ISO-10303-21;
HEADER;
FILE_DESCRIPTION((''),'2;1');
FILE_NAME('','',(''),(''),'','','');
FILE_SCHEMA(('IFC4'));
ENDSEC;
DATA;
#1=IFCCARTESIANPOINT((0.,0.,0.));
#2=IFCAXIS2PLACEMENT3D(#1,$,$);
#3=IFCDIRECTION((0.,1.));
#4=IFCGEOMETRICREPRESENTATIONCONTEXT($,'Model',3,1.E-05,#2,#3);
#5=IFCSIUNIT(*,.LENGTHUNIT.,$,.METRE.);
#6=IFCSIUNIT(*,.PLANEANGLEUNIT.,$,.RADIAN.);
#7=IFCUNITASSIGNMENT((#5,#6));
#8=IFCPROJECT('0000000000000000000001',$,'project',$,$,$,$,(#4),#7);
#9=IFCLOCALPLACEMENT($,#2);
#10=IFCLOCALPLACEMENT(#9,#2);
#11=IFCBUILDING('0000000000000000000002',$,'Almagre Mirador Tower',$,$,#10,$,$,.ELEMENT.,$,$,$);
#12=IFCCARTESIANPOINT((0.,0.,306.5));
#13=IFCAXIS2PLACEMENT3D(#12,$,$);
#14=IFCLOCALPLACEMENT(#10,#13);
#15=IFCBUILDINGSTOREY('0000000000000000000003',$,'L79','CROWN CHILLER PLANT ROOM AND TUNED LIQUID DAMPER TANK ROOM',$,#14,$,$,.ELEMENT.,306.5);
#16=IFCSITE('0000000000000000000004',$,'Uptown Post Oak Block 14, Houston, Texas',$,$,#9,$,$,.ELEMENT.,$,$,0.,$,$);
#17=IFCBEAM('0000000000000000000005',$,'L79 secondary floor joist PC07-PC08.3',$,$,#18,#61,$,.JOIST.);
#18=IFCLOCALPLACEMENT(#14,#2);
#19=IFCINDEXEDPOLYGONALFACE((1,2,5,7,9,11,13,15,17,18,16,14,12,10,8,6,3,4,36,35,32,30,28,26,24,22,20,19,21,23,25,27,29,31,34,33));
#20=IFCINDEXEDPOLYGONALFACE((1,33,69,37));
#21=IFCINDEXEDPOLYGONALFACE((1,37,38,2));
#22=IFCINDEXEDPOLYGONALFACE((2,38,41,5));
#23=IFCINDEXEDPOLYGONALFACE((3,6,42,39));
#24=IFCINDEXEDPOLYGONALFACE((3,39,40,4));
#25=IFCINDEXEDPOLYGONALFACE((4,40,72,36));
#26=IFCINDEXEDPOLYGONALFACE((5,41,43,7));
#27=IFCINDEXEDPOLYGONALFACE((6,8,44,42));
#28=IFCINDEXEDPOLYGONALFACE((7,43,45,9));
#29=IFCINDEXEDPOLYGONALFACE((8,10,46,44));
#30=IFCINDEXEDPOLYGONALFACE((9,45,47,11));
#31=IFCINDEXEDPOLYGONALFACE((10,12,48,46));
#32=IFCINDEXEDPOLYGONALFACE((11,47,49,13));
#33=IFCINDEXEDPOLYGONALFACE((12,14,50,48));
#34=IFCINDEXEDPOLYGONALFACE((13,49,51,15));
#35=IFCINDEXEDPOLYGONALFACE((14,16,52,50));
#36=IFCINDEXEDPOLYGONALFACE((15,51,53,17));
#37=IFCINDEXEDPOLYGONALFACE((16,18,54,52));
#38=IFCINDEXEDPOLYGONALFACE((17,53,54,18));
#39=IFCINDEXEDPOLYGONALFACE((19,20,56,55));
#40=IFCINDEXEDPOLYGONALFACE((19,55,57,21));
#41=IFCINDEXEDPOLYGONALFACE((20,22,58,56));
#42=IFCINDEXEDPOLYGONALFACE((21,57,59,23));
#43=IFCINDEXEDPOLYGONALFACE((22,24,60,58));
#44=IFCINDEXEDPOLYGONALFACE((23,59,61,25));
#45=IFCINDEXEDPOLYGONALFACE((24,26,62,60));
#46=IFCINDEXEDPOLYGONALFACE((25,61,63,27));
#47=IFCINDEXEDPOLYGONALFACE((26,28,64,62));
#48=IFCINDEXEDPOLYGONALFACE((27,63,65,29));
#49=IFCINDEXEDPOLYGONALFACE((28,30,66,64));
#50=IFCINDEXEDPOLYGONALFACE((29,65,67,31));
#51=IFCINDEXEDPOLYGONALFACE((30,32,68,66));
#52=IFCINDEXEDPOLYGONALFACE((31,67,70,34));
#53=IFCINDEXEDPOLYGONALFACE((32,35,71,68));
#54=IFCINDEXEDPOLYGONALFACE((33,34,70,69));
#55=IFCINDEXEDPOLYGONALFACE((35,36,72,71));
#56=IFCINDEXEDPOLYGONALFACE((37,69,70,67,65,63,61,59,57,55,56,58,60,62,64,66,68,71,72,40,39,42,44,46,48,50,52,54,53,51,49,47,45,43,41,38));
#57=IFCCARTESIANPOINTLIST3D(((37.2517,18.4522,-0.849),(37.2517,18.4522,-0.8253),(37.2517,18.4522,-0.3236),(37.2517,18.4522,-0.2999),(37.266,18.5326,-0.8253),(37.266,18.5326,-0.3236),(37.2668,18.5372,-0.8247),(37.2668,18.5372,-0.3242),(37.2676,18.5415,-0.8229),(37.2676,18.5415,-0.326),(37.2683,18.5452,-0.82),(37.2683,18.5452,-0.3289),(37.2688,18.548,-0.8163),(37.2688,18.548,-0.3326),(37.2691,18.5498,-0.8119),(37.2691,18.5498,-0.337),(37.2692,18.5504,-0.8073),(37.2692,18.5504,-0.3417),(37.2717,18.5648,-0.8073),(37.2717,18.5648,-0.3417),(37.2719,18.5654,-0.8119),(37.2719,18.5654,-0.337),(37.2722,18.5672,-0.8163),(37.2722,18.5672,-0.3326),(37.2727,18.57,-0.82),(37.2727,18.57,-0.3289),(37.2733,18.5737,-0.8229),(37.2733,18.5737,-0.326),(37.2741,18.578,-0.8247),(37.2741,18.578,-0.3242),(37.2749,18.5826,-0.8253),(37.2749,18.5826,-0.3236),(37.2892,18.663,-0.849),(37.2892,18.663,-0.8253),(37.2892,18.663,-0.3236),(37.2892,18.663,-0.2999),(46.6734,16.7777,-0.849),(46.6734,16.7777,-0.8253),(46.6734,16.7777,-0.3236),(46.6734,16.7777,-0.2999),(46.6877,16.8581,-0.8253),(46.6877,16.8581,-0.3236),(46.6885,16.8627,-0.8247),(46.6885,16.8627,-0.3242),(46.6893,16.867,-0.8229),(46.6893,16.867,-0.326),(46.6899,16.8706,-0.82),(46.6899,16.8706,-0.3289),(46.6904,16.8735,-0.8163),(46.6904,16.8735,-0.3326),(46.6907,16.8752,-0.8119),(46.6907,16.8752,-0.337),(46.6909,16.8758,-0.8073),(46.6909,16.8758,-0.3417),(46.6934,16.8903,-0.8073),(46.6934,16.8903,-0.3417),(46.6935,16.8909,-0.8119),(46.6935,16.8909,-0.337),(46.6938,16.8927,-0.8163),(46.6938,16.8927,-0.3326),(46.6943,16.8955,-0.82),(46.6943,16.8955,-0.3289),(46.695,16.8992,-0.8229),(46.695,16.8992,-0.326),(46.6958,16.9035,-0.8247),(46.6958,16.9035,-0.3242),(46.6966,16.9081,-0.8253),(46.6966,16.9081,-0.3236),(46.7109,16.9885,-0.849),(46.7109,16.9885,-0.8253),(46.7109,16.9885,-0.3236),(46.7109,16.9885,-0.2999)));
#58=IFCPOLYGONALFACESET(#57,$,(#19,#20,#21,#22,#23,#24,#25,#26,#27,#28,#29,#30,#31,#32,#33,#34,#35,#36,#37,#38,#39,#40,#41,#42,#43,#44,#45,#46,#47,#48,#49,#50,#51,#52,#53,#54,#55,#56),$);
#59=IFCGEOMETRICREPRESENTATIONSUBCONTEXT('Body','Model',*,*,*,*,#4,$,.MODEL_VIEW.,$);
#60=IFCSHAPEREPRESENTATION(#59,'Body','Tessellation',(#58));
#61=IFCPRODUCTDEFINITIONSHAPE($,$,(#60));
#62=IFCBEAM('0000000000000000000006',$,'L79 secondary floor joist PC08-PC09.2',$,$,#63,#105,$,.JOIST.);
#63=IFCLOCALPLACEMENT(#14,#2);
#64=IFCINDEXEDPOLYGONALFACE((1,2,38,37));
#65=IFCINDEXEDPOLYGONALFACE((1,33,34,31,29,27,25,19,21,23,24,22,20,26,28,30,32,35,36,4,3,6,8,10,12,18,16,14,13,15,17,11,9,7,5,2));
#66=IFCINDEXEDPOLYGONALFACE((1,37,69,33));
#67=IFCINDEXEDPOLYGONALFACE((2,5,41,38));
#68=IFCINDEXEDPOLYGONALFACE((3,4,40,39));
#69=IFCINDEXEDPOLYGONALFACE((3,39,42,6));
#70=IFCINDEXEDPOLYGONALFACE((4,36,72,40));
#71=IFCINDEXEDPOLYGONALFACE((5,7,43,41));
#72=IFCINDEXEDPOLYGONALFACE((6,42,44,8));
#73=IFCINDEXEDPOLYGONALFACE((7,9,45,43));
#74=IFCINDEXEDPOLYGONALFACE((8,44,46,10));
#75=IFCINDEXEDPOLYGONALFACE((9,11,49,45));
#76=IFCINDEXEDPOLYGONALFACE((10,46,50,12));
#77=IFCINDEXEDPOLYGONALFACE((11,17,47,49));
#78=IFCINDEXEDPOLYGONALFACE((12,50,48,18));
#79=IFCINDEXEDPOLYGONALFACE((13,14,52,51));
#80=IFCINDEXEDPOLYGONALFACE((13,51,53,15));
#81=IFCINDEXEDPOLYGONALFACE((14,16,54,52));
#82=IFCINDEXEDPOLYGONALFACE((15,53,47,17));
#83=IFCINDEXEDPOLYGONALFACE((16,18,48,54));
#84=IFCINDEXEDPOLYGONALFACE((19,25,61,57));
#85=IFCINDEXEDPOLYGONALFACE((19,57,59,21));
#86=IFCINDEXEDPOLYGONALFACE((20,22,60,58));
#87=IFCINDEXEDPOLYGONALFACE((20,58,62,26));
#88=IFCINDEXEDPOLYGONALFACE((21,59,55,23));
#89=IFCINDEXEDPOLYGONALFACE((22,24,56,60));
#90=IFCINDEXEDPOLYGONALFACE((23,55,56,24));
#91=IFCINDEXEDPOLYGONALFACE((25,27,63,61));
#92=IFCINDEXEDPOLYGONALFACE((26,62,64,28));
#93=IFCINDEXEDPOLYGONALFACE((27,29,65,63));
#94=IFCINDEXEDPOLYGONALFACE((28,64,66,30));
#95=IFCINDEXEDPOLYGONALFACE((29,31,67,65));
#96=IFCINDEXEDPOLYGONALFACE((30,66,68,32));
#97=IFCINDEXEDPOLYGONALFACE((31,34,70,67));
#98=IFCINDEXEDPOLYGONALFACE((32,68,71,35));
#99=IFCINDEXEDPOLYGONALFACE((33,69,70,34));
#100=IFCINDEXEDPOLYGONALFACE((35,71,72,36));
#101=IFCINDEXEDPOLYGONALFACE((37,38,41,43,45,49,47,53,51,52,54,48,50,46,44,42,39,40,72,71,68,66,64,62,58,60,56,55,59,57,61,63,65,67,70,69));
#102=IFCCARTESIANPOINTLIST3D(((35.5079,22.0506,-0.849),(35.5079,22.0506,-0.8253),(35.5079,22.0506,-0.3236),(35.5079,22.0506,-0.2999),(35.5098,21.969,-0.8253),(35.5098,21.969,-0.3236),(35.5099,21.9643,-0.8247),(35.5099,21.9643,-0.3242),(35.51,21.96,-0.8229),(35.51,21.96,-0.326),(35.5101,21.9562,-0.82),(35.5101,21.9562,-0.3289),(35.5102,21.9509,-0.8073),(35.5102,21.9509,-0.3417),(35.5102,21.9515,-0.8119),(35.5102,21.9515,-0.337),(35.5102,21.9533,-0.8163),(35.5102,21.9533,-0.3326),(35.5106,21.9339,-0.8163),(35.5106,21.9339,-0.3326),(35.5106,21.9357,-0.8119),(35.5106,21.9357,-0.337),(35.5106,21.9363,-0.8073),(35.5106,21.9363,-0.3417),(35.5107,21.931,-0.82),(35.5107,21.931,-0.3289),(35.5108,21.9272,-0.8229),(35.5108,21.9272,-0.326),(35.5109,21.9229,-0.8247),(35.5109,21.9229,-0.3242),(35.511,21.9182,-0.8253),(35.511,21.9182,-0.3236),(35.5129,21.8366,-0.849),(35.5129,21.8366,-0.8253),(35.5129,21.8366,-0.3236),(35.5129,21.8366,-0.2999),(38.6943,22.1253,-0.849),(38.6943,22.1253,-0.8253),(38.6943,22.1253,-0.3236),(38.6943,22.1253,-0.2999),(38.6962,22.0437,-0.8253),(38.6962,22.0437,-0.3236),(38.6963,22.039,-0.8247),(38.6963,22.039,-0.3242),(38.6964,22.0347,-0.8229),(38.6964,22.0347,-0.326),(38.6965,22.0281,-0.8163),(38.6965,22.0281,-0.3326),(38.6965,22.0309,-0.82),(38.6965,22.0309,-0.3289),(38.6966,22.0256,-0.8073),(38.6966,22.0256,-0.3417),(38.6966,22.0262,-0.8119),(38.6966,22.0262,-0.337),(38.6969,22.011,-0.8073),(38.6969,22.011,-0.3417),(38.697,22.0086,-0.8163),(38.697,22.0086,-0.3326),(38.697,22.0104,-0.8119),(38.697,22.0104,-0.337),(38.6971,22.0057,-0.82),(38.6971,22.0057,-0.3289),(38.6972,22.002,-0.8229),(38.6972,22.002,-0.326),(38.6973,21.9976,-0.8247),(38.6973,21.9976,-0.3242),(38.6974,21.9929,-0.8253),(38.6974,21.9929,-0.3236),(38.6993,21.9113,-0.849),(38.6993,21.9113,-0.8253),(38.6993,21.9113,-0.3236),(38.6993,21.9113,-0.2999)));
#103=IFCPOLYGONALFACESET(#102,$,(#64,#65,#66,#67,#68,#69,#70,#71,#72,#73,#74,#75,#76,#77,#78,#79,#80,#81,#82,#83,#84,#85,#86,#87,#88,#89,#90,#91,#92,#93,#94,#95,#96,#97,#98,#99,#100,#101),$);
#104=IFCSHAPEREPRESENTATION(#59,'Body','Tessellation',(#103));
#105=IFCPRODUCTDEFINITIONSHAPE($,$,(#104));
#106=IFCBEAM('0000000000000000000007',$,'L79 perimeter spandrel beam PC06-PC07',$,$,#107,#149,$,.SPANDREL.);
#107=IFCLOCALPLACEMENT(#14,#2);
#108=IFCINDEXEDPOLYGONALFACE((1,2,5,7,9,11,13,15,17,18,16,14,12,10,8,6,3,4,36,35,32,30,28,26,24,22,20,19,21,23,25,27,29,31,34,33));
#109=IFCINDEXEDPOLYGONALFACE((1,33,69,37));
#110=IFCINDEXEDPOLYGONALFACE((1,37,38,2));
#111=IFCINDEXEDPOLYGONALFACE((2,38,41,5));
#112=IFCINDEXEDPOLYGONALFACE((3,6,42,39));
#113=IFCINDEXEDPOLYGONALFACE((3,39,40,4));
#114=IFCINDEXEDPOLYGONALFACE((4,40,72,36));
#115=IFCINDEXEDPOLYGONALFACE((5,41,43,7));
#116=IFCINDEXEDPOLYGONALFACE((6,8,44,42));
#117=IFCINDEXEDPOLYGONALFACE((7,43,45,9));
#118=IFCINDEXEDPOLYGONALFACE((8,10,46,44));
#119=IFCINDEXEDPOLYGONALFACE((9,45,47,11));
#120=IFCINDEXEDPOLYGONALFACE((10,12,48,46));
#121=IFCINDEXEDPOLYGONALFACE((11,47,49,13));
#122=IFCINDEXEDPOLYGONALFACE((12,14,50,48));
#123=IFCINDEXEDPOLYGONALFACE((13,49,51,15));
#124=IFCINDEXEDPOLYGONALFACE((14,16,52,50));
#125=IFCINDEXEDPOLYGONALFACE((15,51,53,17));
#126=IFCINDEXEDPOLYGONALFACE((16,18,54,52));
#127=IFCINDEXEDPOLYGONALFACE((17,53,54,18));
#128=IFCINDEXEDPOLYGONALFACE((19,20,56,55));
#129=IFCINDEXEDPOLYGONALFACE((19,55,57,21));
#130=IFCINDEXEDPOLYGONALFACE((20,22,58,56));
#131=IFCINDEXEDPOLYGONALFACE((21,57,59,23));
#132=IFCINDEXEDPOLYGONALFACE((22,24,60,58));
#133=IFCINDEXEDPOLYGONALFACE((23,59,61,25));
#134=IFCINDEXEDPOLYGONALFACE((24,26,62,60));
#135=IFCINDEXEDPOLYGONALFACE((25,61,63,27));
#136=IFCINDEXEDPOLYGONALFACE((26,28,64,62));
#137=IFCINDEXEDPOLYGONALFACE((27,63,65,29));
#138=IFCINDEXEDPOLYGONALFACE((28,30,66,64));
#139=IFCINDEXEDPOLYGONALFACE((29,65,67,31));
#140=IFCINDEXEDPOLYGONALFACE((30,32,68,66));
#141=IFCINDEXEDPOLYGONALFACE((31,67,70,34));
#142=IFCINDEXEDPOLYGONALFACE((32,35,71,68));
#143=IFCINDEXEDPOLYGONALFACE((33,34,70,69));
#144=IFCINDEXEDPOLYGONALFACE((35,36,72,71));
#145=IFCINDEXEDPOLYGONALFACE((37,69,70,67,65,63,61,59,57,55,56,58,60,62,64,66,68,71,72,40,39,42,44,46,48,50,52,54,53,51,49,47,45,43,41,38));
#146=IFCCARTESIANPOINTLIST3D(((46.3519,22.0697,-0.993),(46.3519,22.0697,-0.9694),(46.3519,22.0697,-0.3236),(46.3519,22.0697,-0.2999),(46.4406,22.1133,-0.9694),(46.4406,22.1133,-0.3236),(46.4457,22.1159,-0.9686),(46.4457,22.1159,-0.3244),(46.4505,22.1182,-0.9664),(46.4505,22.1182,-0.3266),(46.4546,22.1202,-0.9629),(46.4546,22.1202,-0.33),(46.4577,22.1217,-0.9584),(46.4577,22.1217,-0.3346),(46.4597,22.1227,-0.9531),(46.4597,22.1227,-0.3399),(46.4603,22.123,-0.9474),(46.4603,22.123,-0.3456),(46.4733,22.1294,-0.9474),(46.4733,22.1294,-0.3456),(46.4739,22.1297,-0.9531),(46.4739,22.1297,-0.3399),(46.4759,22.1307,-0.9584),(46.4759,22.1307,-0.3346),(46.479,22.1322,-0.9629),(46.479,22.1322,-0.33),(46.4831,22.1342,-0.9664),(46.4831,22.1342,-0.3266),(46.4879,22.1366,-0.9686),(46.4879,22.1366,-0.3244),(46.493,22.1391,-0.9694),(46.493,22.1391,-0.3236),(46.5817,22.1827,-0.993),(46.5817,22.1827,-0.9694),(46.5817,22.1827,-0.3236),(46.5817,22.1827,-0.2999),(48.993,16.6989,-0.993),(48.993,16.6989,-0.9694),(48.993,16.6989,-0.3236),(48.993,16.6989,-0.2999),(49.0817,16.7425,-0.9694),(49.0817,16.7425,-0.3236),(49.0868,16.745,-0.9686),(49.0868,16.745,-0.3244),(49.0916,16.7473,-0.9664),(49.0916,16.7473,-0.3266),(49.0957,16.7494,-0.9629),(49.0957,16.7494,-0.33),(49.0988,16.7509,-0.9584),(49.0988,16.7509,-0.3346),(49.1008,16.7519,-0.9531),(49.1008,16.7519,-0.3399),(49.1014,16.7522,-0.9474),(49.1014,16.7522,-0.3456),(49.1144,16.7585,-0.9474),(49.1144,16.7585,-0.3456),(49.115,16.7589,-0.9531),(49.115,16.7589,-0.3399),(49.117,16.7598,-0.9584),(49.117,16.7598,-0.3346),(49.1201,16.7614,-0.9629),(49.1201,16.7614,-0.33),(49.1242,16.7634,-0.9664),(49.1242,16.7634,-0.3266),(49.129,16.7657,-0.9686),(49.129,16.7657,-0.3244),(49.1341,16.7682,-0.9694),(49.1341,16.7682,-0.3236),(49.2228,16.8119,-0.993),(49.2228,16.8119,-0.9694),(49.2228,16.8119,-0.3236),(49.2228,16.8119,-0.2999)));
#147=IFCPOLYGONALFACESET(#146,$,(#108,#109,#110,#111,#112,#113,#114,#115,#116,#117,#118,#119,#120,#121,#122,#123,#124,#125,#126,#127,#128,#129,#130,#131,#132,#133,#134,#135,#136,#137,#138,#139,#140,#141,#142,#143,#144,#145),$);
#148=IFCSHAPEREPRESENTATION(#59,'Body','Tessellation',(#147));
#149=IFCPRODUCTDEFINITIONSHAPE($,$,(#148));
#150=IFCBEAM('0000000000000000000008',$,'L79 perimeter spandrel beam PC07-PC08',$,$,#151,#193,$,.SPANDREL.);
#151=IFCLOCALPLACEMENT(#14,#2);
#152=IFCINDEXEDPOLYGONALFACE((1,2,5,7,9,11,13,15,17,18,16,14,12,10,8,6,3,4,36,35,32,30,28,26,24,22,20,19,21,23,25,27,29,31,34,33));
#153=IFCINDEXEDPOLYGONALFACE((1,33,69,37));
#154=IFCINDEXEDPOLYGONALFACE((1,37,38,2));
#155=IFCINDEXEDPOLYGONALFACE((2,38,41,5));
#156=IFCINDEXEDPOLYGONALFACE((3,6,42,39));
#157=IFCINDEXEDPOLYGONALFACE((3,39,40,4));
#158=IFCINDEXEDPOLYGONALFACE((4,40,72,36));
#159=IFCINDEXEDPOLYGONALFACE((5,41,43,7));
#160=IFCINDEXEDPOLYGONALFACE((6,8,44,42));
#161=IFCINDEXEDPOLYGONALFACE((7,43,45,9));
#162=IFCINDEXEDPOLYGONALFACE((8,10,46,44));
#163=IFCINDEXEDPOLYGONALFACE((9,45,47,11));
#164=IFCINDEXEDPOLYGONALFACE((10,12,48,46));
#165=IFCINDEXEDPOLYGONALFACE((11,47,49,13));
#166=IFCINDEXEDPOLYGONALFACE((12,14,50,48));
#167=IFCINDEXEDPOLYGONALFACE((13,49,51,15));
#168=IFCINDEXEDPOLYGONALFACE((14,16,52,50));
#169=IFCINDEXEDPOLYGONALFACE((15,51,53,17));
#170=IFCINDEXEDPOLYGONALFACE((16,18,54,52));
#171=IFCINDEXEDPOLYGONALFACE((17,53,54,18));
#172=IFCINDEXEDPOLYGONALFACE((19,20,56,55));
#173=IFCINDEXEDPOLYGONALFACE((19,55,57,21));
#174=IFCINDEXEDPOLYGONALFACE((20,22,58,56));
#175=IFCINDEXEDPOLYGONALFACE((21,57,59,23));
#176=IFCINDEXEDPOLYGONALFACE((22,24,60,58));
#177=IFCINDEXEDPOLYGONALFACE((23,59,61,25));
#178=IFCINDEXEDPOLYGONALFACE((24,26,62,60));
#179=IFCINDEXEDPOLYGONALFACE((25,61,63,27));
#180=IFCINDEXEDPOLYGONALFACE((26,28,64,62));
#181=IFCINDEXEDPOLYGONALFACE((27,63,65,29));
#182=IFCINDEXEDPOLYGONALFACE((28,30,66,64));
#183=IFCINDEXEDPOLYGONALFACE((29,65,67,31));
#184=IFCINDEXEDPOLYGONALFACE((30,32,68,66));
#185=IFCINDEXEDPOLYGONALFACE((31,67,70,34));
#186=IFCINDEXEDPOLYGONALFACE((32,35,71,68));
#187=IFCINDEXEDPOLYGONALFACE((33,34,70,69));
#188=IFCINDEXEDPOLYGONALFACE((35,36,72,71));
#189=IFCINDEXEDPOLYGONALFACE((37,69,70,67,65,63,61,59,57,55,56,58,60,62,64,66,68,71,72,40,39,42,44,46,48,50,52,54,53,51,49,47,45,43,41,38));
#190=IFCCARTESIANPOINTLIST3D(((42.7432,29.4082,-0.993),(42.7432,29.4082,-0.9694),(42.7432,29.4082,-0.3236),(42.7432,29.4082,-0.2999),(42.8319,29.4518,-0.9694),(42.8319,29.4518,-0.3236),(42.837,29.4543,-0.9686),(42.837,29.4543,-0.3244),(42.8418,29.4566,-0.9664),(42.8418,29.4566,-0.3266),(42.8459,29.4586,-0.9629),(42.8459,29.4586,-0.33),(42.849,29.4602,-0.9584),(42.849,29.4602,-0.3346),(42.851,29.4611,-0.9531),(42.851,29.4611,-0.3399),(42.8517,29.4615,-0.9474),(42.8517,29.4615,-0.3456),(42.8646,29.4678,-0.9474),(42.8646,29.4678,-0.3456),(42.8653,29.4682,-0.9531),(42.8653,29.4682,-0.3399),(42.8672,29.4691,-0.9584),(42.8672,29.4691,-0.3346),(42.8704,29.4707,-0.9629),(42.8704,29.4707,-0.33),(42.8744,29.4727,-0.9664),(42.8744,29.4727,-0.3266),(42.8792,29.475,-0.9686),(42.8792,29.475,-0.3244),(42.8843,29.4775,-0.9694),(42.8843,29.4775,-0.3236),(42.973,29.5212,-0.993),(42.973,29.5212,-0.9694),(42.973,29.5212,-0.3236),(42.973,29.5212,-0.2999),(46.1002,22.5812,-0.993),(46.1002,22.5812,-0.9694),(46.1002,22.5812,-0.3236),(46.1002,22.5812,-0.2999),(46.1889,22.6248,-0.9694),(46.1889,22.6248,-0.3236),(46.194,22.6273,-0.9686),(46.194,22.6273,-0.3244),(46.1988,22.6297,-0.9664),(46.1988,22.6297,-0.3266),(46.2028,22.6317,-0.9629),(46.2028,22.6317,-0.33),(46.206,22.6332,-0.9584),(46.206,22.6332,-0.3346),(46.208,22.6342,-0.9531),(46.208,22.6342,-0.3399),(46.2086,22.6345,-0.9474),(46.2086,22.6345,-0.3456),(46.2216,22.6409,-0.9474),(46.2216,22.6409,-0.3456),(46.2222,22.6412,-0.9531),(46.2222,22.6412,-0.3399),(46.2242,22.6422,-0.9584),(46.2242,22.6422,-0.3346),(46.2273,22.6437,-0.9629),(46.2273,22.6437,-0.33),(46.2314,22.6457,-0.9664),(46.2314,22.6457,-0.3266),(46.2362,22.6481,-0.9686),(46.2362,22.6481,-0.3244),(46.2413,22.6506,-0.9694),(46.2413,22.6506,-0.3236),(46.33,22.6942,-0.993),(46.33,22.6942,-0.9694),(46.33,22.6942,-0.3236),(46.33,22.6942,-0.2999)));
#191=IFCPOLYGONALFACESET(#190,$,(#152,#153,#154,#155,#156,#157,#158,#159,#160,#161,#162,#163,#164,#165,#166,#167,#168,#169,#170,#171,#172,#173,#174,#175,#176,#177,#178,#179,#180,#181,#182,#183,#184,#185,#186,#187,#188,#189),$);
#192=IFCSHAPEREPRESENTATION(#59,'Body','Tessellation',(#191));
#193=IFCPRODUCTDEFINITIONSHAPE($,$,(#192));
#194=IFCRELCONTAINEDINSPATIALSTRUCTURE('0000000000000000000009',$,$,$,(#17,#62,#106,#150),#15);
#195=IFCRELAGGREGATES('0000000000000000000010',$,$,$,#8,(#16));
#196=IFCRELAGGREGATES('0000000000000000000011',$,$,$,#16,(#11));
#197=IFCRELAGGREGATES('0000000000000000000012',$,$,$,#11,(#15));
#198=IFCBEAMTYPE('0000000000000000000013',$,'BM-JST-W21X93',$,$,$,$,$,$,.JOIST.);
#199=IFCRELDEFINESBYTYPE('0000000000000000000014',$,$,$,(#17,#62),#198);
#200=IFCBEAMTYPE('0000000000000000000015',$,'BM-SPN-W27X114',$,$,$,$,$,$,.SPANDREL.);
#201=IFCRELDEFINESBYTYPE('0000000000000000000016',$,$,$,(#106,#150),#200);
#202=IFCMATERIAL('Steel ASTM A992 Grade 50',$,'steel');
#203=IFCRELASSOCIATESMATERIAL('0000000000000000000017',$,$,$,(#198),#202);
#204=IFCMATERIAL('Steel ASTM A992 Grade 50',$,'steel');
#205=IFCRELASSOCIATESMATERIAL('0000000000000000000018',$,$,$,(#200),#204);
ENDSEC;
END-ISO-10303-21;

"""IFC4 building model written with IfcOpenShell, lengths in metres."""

from ifc_helpers import new_model, si_unit, direction, frame, origin, origin_2d, place, context, subcontext, project, spatial, i_section, extrude, material, material_profile, profile_set, type_object, element, save


model = new_model("IFC4")

# Units and contexts
model_context = context("Model", 3, precision=1e-05, world=origin(), true_north=direction((0.0, 1.0)))
body_context = subcontext(model_context, "Body", "Model", "MODEL_VIEW")
ifc_project = project(units=[si_unit("LENGTHUNIT", "METRE"), si_unit("PLANEANGLEUNIT", "RADIAN")], contexts=[model_context])

# Site, building, storey
site_placement = place(None, origin())
site = spatial("IfcSite", under=ifc_project, at=site_placement, Name="Uptown Post Oak Block 14, Houston, Texas", CompositionType="ELEMENT", RefElevation=0.0)
building_placement = place(site_placement, origin())
building = spatial("IfcBuilding", under=site, at=building_placement, Name="Almagre Mirador Tower", CompositionType="ELEMENT")
storey_placement = place(building_placement, frame((0.0, 0.0, 306.5)))
storey = spatial("IfcBuildingStorey", under=building, at=storey_placement, Name="L79", Description="CROWN CHILLER PLANT ROOM AND TUNED LIQUID DAMPER TANK ROOM", CompositionType="ELEMENT", Elevation=306.5)

# Beams
ifc_material_1 = material(Name="Steel ASTM A992 Grade 50", Category="steel")
ifc_material_profile_1 = material_profile(ifc_material_1, i_section(OverallWidth=0.2141, OverallDepth=0.5491, WebThickness=0.0146, FlangeThickness=0.0237, FilletRadius=0.0181, at=origin_2d()), Name="W21X93")
ifc_profile_set_1 = profile_set([ifc_material_profile_1], Name="Steel ASTM A992 Grade 50")
beam_type_1 = type_object("IfcBeamType", Name="BM-JST-W21X93", PredefinedType="JOIST", material=ifc_profile_set_1)
beam_1_placement = place(storey_placement, frame((46.6921, 16.8831, -0.5745), z_axis=(-0.98457, 0.174993, 0.0), x_axis=(-0.174993, -0.98457, 0.0)))
element("IfcBeam", 1, at=beam_1_placement, inside=storey, type_object=beam_type_1, Name="L79 secondary floor joist PC07-PC08.3", PredefinedType="JOIST", context=body_context, shape_type="SweptSolid", body=[
    extrude(i_section(OverallWidth=0.2141, OverallDepth=0.5491, WebThickness=0.0146, FlangeThickness=0.0237, FilletRadius=0.0181, at=origin_2d()), origin(), (0.0, 0.0, 1.0), 9.5693),
])
beam_2_placement = place(storey_placement, frame((38.6968, 22.0183, -0.5745), z_axis=(-0.999725, -0.02344, 0.0), x_axis=(0.02344, -0.999725, 0.0)))
element("IfcBeam", 2, at=beam_2_placement, inside=storey, type_object=beam_type_1, Name="L79 secondary floor joist PC08-PC09.2", PredefinedType="JOIST", context=body_context, shape_type="SweptSolid", body=[
    extrude(i_section(OverallWidth=0.2141, OverallDepth=0.5491, WebThickness=0.0146, FlangeThickness=0.0237, FilletRadius=0.0181, at=origin_2d()), origin(), (0.0, 0.0, 1.0), 3.1873),
])
ifc_material_2 = material(Name="Steel ASTM A992 Grade 50", Category="steel")
ifc_material_profile_2 = material_profile(ifc_material_2, i_section(OverallWidth=0.2561, OverallDepth=0.6931, WebThickness=0.0144, FlangeThickness=0.0237, FilletRadius=0.022, at=origin_2d()), Name="W27X114")
ifc_profile_set_2 = profile_set([ifc_material_profile_2], Name="Steel ASTM A992 Grade 50")
beam_type_2 = type_object("IfcBeamType", Name="BM-SPN-W27X114", PredefinedType="SPANDREL", material=ifc_profile_set_2)
beam_3_placement = place(storey_placement, frame((49.1079, 16.7554, -0.6465), z_axis=(-0.441281, 0.897369, 0.0), x_axis=(-0.897369, -0.441281, 0.0)))
element("IfcBeam", 3, at=beam_3_placement, inside=storey, type_object=beam_type_2, Name="L79 perimeter spandrel beam PC06-PC07", PredefinedType="SPANDREL", context=body_context, shape_type="SweptSolid", body=[
    extrude(i_section(OverallWidth=0.2561, OverallDepth=0.6931, WebThickness=0.0144, FlangeThickness=0.0237, FilletRadius=0.022, at=origin_2d()), origin(), (0.0, 0.0, 1.0), 5.9851),
])
beam_4_placement = place(storey_placement, frame((46.2151, 22.6377, -0.6465), z_axis=(-0.44126, 0.897379, 0.0), x_axis=(-0.897379, -0.44126, 0.0)))
element("IfcBeam", 4, at=beam_4_placement, inside=storey, type_object=beam_type_2, Name="L79 perimeter spandrel beam PC07-PC08", PredefinedType="SPANDREL", context=body_context, shape_type="SweptSolid", body=[
    extrude(i_section(OverallWidth=0.2561, OverallDepth=0.6931, WebThickness=0.0144, FlangeThickness=0.0237, FilletRadius=0.022, at=origin_2d()), origin(), (0.0, 0.0, 1.0), 7.6077),
])

save(model, "model.ifc")
